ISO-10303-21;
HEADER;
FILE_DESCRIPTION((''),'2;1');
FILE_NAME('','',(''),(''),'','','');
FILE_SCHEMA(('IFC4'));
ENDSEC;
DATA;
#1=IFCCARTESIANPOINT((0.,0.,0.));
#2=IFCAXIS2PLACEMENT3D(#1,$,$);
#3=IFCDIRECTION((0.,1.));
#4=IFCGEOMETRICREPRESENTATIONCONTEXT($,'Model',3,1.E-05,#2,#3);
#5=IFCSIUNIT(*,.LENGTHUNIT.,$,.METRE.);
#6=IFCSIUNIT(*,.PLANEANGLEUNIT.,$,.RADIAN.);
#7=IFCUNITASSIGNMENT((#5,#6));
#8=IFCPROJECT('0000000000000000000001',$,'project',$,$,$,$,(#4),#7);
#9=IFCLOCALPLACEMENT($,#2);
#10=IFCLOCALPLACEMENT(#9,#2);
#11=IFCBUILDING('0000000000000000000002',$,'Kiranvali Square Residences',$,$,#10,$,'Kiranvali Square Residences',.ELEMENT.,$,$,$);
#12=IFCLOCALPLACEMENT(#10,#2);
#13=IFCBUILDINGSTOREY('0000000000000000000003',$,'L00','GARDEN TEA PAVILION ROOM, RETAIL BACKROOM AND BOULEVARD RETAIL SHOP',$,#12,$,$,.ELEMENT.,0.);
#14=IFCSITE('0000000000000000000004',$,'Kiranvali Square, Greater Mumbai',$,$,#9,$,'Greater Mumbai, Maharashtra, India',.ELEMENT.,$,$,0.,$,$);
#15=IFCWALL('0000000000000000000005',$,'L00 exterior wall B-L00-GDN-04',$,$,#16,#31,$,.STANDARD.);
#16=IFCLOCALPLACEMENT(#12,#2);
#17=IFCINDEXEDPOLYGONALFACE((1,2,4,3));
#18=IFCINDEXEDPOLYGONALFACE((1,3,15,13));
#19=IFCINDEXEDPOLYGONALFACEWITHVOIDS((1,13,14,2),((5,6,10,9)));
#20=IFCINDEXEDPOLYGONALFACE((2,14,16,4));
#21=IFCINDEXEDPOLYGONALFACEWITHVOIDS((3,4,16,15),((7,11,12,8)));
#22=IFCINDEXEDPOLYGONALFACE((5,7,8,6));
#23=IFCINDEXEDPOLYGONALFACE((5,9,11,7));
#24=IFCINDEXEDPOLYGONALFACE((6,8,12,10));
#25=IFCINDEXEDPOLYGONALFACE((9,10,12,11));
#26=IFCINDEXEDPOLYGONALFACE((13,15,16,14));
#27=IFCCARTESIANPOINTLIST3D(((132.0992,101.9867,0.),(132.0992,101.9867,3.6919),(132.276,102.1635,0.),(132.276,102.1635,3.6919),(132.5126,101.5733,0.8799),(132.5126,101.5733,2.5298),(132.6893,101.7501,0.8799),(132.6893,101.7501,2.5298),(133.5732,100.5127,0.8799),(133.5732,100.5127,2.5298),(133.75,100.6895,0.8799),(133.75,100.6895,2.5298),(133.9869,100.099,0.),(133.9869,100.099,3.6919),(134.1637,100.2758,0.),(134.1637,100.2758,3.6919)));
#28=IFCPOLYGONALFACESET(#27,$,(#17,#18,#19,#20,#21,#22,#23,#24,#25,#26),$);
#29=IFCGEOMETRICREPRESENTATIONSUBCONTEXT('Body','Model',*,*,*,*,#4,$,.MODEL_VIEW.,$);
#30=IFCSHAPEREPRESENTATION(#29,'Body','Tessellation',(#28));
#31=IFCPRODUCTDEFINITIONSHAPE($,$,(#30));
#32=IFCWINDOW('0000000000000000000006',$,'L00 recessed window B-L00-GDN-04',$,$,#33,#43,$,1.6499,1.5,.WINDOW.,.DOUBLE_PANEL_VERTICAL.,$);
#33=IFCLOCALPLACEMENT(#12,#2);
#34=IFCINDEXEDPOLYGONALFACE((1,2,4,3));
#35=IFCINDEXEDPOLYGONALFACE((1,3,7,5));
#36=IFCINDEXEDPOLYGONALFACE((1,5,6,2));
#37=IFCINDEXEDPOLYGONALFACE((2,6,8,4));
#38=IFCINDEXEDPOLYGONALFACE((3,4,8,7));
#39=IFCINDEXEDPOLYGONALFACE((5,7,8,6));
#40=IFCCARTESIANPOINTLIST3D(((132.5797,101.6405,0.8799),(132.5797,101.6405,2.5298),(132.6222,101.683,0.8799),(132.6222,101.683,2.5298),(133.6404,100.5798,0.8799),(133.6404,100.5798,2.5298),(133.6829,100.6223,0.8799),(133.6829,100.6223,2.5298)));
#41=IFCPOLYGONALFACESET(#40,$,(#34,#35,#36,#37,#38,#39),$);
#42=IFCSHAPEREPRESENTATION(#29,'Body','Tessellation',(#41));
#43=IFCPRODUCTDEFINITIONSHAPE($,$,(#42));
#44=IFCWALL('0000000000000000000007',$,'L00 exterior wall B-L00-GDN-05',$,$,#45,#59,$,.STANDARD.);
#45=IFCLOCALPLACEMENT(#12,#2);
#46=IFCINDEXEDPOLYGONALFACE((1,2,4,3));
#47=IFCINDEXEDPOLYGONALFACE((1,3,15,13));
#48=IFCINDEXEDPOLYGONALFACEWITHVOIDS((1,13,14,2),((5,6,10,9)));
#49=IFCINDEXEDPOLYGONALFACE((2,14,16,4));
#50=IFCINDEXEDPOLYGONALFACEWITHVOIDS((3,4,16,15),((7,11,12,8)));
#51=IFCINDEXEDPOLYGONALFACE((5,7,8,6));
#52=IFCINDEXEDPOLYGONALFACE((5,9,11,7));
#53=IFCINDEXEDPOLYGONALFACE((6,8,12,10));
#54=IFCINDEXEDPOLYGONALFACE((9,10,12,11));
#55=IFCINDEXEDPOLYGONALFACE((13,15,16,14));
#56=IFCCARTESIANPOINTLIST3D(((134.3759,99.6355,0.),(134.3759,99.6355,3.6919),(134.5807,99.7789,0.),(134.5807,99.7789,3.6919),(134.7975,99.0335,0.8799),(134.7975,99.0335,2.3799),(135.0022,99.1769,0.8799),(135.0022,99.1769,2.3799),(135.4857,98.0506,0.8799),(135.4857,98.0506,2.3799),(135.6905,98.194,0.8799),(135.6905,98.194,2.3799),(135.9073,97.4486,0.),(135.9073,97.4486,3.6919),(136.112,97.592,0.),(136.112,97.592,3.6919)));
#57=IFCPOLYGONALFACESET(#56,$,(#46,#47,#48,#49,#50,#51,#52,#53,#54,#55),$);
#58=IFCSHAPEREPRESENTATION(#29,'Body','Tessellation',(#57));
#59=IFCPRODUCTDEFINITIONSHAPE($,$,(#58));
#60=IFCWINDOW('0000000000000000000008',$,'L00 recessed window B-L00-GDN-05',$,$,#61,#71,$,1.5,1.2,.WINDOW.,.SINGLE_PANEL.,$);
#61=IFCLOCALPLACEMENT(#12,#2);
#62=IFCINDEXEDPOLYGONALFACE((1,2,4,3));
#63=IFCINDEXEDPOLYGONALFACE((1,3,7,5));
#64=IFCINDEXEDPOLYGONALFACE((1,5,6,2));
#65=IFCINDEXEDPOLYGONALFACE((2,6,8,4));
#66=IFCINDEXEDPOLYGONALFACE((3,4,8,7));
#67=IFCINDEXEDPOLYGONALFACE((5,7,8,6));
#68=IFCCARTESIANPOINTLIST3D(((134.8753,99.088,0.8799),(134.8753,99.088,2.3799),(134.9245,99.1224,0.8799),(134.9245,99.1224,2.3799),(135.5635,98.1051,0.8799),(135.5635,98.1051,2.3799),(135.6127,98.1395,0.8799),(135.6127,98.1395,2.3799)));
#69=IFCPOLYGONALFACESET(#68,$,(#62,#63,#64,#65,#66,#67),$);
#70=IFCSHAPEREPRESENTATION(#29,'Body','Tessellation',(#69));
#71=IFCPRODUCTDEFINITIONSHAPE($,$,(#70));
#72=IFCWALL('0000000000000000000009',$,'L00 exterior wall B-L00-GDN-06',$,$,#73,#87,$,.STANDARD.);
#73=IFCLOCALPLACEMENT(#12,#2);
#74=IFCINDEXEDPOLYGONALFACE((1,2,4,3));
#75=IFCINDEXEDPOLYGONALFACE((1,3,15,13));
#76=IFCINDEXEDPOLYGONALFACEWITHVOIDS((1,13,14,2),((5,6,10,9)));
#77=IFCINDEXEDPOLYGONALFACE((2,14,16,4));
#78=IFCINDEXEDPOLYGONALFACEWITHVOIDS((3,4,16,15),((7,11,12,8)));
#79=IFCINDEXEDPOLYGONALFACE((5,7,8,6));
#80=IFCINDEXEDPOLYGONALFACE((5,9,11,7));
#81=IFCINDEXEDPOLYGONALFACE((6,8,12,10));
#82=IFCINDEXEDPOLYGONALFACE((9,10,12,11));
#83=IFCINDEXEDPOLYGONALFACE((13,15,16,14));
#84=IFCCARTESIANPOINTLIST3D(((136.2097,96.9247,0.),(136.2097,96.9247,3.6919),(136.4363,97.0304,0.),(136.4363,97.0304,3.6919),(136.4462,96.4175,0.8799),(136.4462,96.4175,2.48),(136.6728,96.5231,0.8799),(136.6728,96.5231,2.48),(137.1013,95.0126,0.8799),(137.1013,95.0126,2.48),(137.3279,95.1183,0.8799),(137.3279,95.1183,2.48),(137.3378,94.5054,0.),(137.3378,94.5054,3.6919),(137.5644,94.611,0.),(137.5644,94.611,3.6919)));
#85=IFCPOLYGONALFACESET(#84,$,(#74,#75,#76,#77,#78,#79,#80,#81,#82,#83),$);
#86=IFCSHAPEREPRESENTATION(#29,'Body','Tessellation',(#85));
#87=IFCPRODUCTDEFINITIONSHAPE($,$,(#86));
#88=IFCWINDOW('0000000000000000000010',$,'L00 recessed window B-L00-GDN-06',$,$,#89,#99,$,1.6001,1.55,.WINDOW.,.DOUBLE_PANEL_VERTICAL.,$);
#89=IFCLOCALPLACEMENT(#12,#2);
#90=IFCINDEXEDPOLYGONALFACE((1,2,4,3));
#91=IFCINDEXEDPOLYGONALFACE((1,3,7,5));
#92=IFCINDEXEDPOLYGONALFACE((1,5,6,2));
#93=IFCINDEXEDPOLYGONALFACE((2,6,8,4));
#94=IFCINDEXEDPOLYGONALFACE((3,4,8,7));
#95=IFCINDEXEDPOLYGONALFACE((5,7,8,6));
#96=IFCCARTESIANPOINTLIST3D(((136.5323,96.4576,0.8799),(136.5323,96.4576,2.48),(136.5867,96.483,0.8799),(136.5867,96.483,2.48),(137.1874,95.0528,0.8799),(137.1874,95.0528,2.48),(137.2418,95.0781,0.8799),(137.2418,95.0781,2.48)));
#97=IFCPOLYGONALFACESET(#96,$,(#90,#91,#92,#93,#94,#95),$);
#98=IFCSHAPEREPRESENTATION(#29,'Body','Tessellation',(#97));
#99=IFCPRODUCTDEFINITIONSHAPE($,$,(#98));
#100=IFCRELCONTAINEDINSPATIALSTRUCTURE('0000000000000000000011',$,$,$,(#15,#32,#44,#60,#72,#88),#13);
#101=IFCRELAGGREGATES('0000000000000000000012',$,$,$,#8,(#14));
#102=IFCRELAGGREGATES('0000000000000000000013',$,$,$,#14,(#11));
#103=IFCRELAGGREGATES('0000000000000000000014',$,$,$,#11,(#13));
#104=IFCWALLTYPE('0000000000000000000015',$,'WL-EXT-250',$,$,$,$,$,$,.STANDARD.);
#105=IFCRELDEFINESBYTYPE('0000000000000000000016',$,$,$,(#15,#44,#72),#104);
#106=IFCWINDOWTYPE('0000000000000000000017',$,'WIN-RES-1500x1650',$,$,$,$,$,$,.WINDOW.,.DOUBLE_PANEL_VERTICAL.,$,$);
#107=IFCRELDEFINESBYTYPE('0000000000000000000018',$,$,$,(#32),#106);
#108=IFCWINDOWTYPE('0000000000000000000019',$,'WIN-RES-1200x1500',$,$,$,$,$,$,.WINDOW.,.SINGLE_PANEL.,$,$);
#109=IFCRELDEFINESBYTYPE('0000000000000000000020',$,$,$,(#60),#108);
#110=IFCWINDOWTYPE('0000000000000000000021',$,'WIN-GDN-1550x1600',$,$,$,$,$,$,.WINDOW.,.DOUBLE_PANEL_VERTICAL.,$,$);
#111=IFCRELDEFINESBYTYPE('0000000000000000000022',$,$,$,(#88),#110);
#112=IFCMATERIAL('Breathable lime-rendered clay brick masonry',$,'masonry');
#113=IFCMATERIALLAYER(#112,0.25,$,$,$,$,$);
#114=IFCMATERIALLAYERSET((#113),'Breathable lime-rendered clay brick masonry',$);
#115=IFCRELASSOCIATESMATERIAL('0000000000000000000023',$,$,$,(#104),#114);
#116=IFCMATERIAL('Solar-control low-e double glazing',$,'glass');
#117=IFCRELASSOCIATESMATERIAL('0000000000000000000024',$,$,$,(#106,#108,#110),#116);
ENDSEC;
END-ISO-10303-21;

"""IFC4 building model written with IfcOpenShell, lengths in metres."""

from ifc_helpers import new_model, si_unit, direction, frame, frame_2d, origin, place, context, subcontext, project, spatial, rectangle, extrude, material, layer, layer_set, type_object, element, fill, save


model = new_model("IFC4")

# Units and contexts
model_context = context("Model", 3, precision=1e-05, world=origin(), true_north=direction((0.0, 1.0)))
body_context = subcontext(model_context, "Body", "Model", "MODEL_VIEW")
ifc_project = project(units=[si_unit("LENGTHUNIT", "METRE"), si_unit("PLANEANGLEUNIT", "RADIAN")], contexts=[model_context])

# Site, building, storey
site_placement = place(None, origin())
site = spatial("IfcSite", under=ifc_project, at=site_placement, Name="Kiranvali Square, Greater Mumbai", LongName="Greater Mumbai, Maharashtra, India", CompositionType="ELEMENT", RefElevation=0.0)
building_placement = place(site_placement, origin())
building = spatial("IfcBuilding", under=site, at=building_placement, Name="Kiranvali Square Residences", LongName="Kiranvali Square Residences", CompositionType="ELEMENT")
storey_placement = place(building_placement, origin())
storey = spatial("IfcBuildingStorey", under=building, at=storey_placement, Name="L00", Description="GARDEN TEA PAVILION ROOM, RETAIL BACKROOM AND BOULEVARD RETAIL SHOP", CompositionType="ELEMENT", Elevation=0.0)

# Shared definitions
ifc_material_1 = material(Name="Solar-control low-e double glazing", Category="glass")

# Walls, openings, windows
ifc_material_2 = material(Name="Breathable lime-rendered clay brick masonry", Category="masonry")
ifc_layer_1 = layer(ifc_material_2, 0.25)
ifc_layer_set_1 = layer_set([ifc_layer_1], Name="Breathable lime-rendered clay brick masonry")
wall_type_1 = type_object("IfcWallType", Name="WL-EXT-250", PredefinedType="STANDARD", material=ifc_layer_set_1)
wall_1_placement = place(storey_placement, frame((132.1875, 102.0752, 0.0), z_axis=(0.0, 0.0, 1.0), x_axis=(0.707107, -0.707107, 0.0)))
wall_1 = element("IfcWall", 1, at=wall_1_placement, inside=storey, type_object=wall_type_1, Name="L00 exterior wall B-L00-GDN-04", PredefinedType="STANDARD", context=body_context, shape_type="SweptSolid", body=[
    extrude(rectangle(XDim=2.6697, YDim=0.25, at=frame_2d((1.335, 0.0))), origin(), (0.0, 0.0, 1.0), 3.6919),
])
opening_1_placement = place(wall_1_placement, frame((0.5847, 0.0, 0.8799)))
opening_1 = element("IfcOpeningElement", 2, at=opening_1_placement, cuts=wall_1, PredefinedType="OPENING", context=body_context, shape_type="SweptSolid", body=[
    extrude(rectangle(XDim=1.5, YDim=1.6499, at=frame_2d((0.75, 0.825))), frame((0.0, 0.135, 0.0), z_axis=(0.0, -1.0, 0.0), x_axis=(1.0, 0.0, 0.0)), (0.0, 0.0, 1.0), 0.27),
])
window_type_1 = type_object("IfcWindowType", Name="WIN-RES-1500x1650", PartitioningType="DOUBLE_PANEL_VERTICAL", PredefinedType="WINDOW", material=ifc_material_1)
window_1_placement = place(opening_1_placement, origin())
window_1 = element("IfcWindow", 3, at=window_1_placement, inside=storey, type_object=window_type_1, Name="L00 recessed window B-L00-GDN-04", OverallHeight=1.6499, OverallWidth=1.5, PartitioningType="DOUBLE_PANEL_VERTICAL", PredefinedType="WINDOW", context=body_context, shape_type="SweptSolid", body=[
    extrude(rectangle(XDim=1.5, YDim=1.6499, at=frame_2d((0.75, 0.825))), frame((0.0, 0.03, 0.0), z_axis=(0.0, -1.0, 0.0), x_axis=(1.0, 0.0, 0.0)), (0.0, 0.0, 1.0), 0.0601),
])
fill(opening_1, window_1)
wall_2_placement = place(storey_placement, frame((134.4783, 99.7073, 0.0), z_axis=(0.0, 0.0, 1.0), x_axis=(0.573591, -0.819142, 0.0)))
wall_2 = element("IfcWall", 4, at=wall_2_placement, inside=storey, type_object=wall_type_1, Name="L00 exterior wall B-L00-GDN-05", PredefinedType="STANDARD", context=body_context, shape_type="SweptSolid", body=[
    extrude(rectangle(XDim=2.6697, YDim=0.25, at=frame_2d((1.335, 0.0))), origin(), (0.0, 0.0, 1.0), 3.6919),
])
opening_2_placement = place(wall_2_placement, frame((0.7349, 0.0, 0.8799)))
opening_2 = element("IfcOpeningElement", 5, at=opening_2_placement, cuts=wall_2, PredefinedType="OPENING", context=body_context, shape_type="SweptSolid", body=[
    extrude(rectangle(XDim=1.2, YDim=1.5, at=frame_2d((0.6001, 0.75))), frame((0.0, 0.135, 0.0), z_axis=(0.0, -1.0, 0.0), x_axis=(1.0, 0.0, 0.0)), (0.0, 0.0, 1.0), 0.27),
])
window_type_2 = type_object("IfcWindowType", Name="WIN-RES-1200x1500", PartitioningType="SINGLE_PANEL", PredefinedType="WINDOW", material=ifc_material_1)
window_2_placement = place(opening_2_placement, origin())
window_2 = element("IfcWindow", 6, at=window_2_placement, inside=storey, type_object=window_type_2, Name="L00 recessed window B-L00-GDN-05", OverallHeight=1.5, OverallWidth=1.2, PartitioningType="SINGLE_PANEL", PredefinedType="WINDOW", context=body_context, shape_type="SweptSolid", body=[
    extrude(rectangle(XDim=1.2, YDim=1.5, at=frame_2d((0.6001, 0.75))), frame((0.0, 0.03, 0.0), z_axis=(0.0, -1.0, 0.0), x_axis=(1.0, 0.0, 0.0)), (0.0, 0.0, 1.0), 0.0601),
])
fill(opening_2, window_2)
wall_3_placement = place(storey_placement, frame((136.323, 96.9775, 0.0), z_axis=(0.0, 0.0, 1.0), x_axis=(0.42261, -0.906312, 0.0)))
wall_3 = element("IfcWall", 7, at=wall_3_placement, inside=storey, type_object=wall_type_1, Name="L00 exterior wall B-L00-GDN-06", PredefinedType="STANDARD", context=body_context, shape_type="SweptSolid", body=[
    extrude(rectangle(XDim=2.6694, YDim=0.25, at=frame_2d((1.3347, 0.0))), origin(), (0.0, 0.0, 1.0), 3.6919),
])
opening_3_placement = place(wall_3_placement, frame((0.5598, 0.0, 0.8799)))
opening_3 = element("IfcOpeningElement", 8, at=opening_3_placement, cuts=wall_3, PredefinedType="OPENING", context=body_context, shape_type="SweptSolid", body=[
    extrude(rectangle(XDim=1.55, YDim=1.6001, at=frame_2d((0.7749, 0.8))), frame((0.0, 0.135, 0.0), z_axis=(0.0, -1.0, 0.0), x_axis=(1.0, 0.0, 0.0)), (0.0, 0.0, 1.0), 0.27),
])
window_type_3 = type_object("IfcWindowType", Name="WIN-GDN-1550x1600", PartitioningType="DOUBLE_PANEL_VERTICAL", PredefinedType="WINDOW", material=ifc_material_1)
window_3_placement = place(opening_3_placement, origin())
window_3 = element("IfcWindow", 9, at=window_3_placement, inside=storey, type_object=window_type_3, Name="L00 recessed window B-L00-GDN-06", OverallHeight=1.6001, OverallWidth=1.55, PartitioningType="DOUBLE_PANEL_VERTICAL", PredefinedType="WINDOW", context=body_context, shape_type="SweptSolid", body=[
    extrude(rectangle(XDim=1.55, YDim=1.6001, at=frame_2d((0.7749, 0.8))), frame((0.0, 0.03, 0.0), z_axis=(0.0, -1.0, 0.0), x_axis=(1.0, 0.0, 0.0)), (0.0, 0.0, 1.0), 0.0601),
])
fill(opening_3, window_3)

save(model, "model.ifc")
